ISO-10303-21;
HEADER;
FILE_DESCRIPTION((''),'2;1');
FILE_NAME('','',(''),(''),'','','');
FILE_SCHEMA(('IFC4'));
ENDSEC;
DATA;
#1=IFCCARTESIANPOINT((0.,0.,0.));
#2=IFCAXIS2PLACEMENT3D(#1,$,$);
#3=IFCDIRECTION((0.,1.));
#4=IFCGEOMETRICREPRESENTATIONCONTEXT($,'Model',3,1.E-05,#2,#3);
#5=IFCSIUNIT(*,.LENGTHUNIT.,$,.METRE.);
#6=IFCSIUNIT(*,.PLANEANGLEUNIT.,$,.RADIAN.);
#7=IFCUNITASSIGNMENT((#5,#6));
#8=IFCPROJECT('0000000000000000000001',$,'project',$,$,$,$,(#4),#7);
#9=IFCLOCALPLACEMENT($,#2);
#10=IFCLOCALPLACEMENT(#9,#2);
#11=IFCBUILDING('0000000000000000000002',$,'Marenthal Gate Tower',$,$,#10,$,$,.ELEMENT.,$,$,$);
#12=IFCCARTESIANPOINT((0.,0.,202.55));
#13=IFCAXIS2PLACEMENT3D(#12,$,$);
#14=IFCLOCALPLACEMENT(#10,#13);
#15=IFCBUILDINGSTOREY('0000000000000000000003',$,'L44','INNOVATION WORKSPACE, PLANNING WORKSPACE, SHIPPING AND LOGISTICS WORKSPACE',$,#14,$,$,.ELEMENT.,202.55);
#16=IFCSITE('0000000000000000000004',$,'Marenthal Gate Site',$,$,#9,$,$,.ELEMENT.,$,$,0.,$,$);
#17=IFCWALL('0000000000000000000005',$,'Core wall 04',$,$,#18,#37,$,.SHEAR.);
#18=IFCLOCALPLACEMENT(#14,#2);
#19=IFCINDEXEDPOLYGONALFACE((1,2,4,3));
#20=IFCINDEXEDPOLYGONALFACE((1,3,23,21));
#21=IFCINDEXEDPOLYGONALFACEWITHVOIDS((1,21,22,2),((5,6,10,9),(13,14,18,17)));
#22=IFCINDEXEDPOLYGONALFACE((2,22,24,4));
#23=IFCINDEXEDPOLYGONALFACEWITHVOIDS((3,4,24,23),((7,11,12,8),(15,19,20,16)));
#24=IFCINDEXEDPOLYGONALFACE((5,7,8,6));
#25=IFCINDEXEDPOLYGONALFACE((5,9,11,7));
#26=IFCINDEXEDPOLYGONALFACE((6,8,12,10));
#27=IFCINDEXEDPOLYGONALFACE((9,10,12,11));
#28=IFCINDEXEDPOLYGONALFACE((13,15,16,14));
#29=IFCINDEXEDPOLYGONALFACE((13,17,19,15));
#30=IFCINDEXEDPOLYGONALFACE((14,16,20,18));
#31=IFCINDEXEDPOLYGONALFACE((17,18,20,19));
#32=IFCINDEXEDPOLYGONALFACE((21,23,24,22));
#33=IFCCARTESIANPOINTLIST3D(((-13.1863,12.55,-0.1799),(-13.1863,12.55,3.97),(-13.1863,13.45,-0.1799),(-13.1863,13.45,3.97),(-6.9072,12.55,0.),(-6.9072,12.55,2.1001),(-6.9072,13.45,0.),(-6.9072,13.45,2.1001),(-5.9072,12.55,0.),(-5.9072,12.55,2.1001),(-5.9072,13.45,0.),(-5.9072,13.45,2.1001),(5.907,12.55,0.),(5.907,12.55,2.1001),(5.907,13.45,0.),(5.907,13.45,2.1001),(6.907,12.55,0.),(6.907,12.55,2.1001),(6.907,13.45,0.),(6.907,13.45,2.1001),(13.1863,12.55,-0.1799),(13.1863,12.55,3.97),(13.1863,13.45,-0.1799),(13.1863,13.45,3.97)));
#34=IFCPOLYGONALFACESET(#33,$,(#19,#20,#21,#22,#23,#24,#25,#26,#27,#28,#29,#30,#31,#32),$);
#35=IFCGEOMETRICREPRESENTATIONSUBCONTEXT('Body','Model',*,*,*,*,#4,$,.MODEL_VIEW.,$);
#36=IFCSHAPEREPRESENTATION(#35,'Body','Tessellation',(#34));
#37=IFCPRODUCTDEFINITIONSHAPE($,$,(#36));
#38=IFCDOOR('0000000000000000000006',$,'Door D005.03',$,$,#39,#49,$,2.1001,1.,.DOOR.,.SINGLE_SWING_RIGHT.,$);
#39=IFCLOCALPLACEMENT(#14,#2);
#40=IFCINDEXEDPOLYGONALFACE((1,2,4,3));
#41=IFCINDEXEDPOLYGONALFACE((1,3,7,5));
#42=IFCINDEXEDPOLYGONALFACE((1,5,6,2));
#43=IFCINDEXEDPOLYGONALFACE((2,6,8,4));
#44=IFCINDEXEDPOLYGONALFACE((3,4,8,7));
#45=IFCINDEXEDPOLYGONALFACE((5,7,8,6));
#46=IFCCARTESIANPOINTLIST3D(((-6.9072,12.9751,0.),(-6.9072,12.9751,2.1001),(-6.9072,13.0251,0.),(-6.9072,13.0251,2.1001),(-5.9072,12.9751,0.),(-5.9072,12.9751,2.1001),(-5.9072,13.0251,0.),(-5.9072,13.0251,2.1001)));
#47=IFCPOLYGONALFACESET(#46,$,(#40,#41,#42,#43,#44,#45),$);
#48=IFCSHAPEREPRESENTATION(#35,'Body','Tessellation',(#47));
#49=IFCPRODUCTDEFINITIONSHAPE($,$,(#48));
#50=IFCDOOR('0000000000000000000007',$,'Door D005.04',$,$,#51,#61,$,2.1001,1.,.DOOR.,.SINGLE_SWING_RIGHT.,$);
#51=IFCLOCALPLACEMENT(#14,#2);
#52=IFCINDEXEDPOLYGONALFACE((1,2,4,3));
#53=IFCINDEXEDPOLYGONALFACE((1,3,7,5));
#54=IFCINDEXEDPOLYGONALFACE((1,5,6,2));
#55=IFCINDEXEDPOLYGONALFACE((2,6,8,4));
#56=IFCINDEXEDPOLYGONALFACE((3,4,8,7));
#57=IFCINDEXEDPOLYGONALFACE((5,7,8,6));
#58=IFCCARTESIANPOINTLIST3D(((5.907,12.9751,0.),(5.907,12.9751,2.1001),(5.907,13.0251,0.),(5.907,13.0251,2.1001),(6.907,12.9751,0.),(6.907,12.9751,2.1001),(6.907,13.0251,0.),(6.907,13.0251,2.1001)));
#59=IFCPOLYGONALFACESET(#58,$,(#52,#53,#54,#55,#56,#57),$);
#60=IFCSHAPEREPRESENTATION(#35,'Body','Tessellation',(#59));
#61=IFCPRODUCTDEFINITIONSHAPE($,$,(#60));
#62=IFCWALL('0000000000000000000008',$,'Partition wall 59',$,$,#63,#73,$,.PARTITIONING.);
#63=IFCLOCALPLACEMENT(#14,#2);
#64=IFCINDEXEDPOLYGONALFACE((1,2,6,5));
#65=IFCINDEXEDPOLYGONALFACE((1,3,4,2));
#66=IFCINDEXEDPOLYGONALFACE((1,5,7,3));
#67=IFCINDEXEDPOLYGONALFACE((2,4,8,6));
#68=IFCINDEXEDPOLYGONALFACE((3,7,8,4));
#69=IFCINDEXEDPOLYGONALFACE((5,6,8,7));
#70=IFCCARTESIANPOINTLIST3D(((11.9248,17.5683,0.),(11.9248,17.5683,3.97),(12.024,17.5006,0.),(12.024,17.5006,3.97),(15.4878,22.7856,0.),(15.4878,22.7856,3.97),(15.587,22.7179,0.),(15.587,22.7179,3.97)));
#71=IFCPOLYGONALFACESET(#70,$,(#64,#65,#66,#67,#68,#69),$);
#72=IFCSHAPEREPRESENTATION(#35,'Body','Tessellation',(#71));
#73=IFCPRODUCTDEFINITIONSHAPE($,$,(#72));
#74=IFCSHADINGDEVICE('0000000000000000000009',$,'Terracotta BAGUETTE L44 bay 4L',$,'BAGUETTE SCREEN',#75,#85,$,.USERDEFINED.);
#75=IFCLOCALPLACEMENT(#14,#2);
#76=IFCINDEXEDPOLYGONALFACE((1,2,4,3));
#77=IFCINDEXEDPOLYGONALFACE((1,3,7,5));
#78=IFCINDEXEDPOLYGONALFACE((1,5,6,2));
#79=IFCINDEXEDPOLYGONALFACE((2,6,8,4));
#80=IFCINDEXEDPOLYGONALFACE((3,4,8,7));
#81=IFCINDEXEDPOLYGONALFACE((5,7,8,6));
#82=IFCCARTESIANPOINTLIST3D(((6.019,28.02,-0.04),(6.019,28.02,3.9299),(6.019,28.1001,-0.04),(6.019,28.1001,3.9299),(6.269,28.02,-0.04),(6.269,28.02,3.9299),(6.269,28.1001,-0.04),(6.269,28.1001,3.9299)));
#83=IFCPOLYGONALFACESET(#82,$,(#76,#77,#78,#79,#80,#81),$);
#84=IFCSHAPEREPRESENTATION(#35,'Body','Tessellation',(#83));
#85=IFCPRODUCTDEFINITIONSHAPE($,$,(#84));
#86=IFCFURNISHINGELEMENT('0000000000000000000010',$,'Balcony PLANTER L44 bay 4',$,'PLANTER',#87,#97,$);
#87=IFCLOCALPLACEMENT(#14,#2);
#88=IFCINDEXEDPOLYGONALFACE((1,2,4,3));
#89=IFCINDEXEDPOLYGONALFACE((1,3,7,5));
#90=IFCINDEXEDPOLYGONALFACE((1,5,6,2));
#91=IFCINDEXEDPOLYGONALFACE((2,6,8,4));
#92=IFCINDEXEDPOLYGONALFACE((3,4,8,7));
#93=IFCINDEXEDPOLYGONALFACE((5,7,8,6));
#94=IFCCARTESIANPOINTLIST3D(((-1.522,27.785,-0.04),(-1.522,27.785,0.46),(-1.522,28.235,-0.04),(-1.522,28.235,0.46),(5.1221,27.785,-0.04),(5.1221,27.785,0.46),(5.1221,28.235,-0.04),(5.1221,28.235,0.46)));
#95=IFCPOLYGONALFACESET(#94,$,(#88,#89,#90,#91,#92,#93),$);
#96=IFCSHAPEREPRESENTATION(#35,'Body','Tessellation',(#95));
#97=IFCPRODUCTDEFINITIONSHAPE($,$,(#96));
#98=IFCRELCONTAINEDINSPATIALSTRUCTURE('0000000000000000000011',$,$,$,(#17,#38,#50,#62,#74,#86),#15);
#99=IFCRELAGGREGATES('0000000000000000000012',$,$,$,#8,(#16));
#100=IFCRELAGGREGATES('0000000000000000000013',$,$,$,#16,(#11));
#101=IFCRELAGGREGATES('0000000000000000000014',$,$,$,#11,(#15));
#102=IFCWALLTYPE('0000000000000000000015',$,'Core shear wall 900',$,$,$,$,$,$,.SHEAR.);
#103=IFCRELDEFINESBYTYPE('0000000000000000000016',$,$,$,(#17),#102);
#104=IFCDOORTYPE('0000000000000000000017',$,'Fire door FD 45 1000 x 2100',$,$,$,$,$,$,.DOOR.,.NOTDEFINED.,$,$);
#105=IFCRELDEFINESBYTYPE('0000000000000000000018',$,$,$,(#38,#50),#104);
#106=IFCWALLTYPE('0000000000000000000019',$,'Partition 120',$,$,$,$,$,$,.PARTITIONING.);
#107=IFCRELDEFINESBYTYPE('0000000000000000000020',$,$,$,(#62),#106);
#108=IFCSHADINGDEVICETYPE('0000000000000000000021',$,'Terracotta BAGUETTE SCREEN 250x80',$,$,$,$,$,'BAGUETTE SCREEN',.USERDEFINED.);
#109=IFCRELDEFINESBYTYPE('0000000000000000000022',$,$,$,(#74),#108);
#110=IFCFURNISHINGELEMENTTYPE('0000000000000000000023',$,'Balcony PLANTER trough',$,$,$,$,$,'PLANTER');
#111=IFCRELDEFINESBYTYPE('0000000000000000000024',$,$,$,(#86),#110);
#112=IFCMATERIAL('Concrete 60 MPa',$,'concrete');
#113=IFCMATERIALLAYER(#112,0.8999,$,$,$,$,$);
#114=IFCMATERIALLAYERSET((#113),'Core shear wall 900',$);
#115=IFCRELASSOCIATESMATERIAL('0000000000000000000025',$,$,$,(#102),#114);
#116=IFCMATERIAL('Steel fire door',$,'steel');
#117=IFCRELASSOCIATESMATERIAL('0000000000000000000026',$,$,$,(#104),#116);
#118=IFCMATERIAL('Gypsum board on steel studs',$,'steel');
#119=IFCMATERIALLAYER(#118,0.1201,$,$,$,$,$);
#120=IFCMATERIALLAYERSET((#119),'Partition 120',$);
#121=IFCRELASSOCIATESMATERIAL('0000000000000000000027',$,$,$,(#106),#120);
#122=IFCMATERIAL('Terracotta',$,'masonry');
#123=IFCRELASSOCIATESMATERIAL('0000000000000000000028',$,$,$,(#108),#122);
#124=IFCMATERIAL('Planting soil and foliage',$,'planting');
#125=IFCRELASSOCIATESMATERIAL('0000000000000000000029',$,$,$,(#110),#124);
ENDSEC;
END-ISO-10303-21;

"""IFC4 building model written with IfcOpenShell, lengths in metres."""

from ifc_helpers import new_model, si_unit, direction, frame, frame_2d, origin, origin_2d, place, context, subcontext, project, spatial, rectangle, extrude, material, layer, layer_set, material_profile, profile_set, type_object, element, fill, save


model = new_model("IFC4")

# Units and contexts
model_context = context("Model", 3, precision=1e-05, world=origin(), true_north=direction((0.0, 1.0)))
body_context = subcontext(model_context, "Body", "Model", "MODEL_VIEW")
ifc_project = project(units=[si_unit("LENGTHUNIT", "METRE"), si_unit("PLANEANGLEUNIT", "RADIAN")], contexts=[model_context])

# Site, building, storey
site_placement = place(None, origin())
site = spatial("IfcSite", under=ifc_project, at=site_placement, Name="Marenthal Gate Site", CompositionType="ELEMENT", RefElevation=0.0)
building_placement = place(site_placement, origin())
building = spatial("IfcBuilding", under=site, at=building_placement, Name="Marenthal Gate Tower", CompositionType="ELEMENT")
storey_placement = place(building_placement, frame((0.0, 0.0, 202.55)))
storey = spatial("IfcBuildingStorey", under=building, at=storey_placement, Name="L44", Description="INNOVATION WORKSPACE, PLANNING WORKSPACE, SHIPPING AND LOGISTICS WORKSPACE", CompositionType="ELEMENT", Elevation=202.55)

# Wall, openings, doors
ifc_material_1 = material(Name="Concrete 60 MPa", Category="concrete")
ifc_layer_1 = layer(ifc_material_1, 0.8999)
ifc_layer_set_1 = layer_set([ifc_layer_1], Name="Core shear wall 900")
wall_type_1 = type_object("IfcWallType", Name="Core shear wall 900", PredefinedType="SHEAR", material=ifc_layer_set_1)
wall_1_placement = place(storey_placement, frame((13.1863, 13.0, -0.1799), z_axis=(0.0, 0.0, 1.0), x_axis=(-1.0, 0.0, 0.0)))
wall_1 = element("IfcWall", 1, at=wall_1_placement, inside=storey, type_object=wall_type_1, Name="Core wall 04", PredefinedType="SHEAR", context=body_context, shape_type="SweptSolid", body=[
    extrude(rectangle(XDim=26.3726, YDim=0.8999, at=frame_2d((13.1863, 0.0))), origin(), (0.0, 0.0, 1.0), 4.1499),
])
opening_1_placement = place(wall_1_placement, frame((19.0935, 0.0, 0.1799)))
opening_1 = element("IfcOpeningElement", 2, at=opening_1_placement, cuts=wall_1, PredefinedType="OPENING", context=body_context, shape_type="SweptSolid", body=[
    extrude(rectangle(XDim=1.0, YDim=2.1001, at=frame_2d((0.5, 1.05))), frame((0.0, 0.46, 0.0), z_axis=(0.0, -1.0, 0.0), x_axis=(1.0, 0.0, 0.0)), (0.0, 0.0, 1.0), 0.9199),
])
opening_2_placement = place(wall_1_placement, frame((6.2793, 0.0, 0.1799)))
opening_2 = element("IfcOpeningElement", 3, at=opening_2_placement, cuts=wall_1, PredefinedType="OPENING", context=body_context, shape_type="SweptSolid", body=[
    extrude(rectangle(XDim=1.0, YDim=2.1001, at=frame_2d((0.5, 1.05))), frame((0.0, 0.46, 0.0), z_axis=(0.0, -1.0, 0.0), x_axis=(1.0, 0.0, 0.0)), (0.0, 0.0, 1.0), 0.9199),
])
ifc_material_2 = material(Name="Steel fire door", Category="steel")
door_type_1 = type_object("IfcDoorType", Name="Fire door FD 45 1000 x 2100", OperationType="NOTDEFINED", PredefinedType="DOOR", material=ifc_material_2)
door_1_placement = place(opening_1_placement, origin())
door_1 = element("IfcDoor", 4, at=door_1_placement, inside=storey, type_object=door_type_1, Name="Door D005.03", OperationType="SINGLE_SWING_RIGHT", OverallHeight=2.1001, OverallWidth=1.0, PredefinedType="DOOR", context=body_context, shape_type="SweptSolid", body=[
    extrude(rectangle(XDim=1.0, YDim=2.1001, at=frame_2d((0.5, 1.05))), frame((0.0, 0.0249, 0.0), z_axis=(0.0, -1.0, 0.0), x_axis=(1.0, 0.0, 0.0)), (0.0, 0.0, 1.0), 0.05),
])
fill(opening_1, door_1)
door_2_placement = place(opening_2_placement, origin())
door_2 = element("IfcDoor", 5, at=door_2_placement, inside=storey, type_object=door_type_1, Name="Door D005.04", OperationType="SINGLE_SWING_RIGHT", OverallHeight=2.1001, OverallWidth=1.0, PredefinedType="DOOR", context=body_context, shape_type="SweptSolid", body=[
    extrude(rectangle(XDim=1.0, YDim=2.1001, at=frame_2d((0.5, 1.05))), frame((0.0, 0.0249, 0.0), z_axis=(0.0, -1.0, 0.0), x_axis=(1.0, 0.0, 0.0)), (0.0, 0.0, 1.0), 0.05),
])
fill(opening_2, door_2)

# Wall
ifc_material_3 = material(Name="Gypsum board on steel studs", Category="steel")
ifc_layer_2 = layer(ifc_material_3, 0.1201)
ifc_layer_set_2 = layer_set([ifc_layer_2], Name="Partition 120")
wall_type_2 = type_object("IfcWallType", Name="Partition 120", PredefinedType="PARTITIONING", material=ifc_layer_set_2)
wall_2_placement = place(storey_placement, frame((11.9744, 17.5344, 0.0), z_axis=(0.0, 0.0, 1.0), x_axis=(0.563958, 0.825804, 0.0)))
element("IfcWall", 6, at=wall_2_placement, inside=storey, type_object=wall_type_2, Name="Partition wall 59", PredefinedType="PARTITIONING", context=body_context, shape_type="SweptSolid", body=[
    extrude(rectangle(XDim=6.3179, YDim=0.1201, at=frame_2d((3.1589, 0.0))), origin(), (0.0, 0.0, 1.0), 3.97),
])

# Shading device
ifc_material_4 = material(Name="Terracotta", Category="masonry")
ifc_material_profile_1 = material_profile(ifc_material_4, rectangle(XDim=0.25, YDim=0.0801, at=origin_2d()), Name="Terracotta baguette 250x80")
ifc_profile_set_1 = profile_set([ifc_material_profile_1], Name="Terracotta")
shading_device_type = type_object("IfcShadingDeviceType", Name="Terracotta BAGUETTE SCREEN 250x80", ElementType="BAGUETTE SCREEN", PredefinedType="USERDEFINED", material=ifc_profile_set_1)
shading_device_placement = place(storey_placement, frame((6.144, 28.0601, -0.04), z_axis=(0.0, 0.0, 1.0), x_axis=(-1.0, 0.0, 0.0)))
element("IfcShadingDevice", 7, at=shading_device_placement, inside=storey, type_object=shading_device_type, Name="Terracotta BAGUETTE L44 bay 4L", ObjectType="BAGUETTE SCREEN", PredefinedType="USERDEFINED", context=body_context, shape_type="SweptSolid", body=[
    extrude(rectangle(XDim=0.25, YDim=0.0801, at=origin_2d()), origin(), (0.0, 0.0, 1.0), 3.97),
])

# Furnishing element
ifc_material_5 = material(Name="Planting soil and foliage", Category="planting")
furnishing_element_type = type_object("IfcFurnishingElementType", Name="Balcony PLANTER trough", ElementType="PLANTER", material=ifc_material_5)
furnishing_placement = place(storey_placement, frame((1.8, 28.01, -0.04), z_axis=(0.0, 0.0, 1.0), x_axis=(-1.0, 0.0, 0.0)))
element("IfcFurnishingElement", 8, at=furnishing_placement, inside=storey, type_object=furnishing_element_type, Name="Balcony PLANTER L44 bay 4", ObjectType="PLANTER", context=body_context, shape_type="SweptSolid", body=[
    extrude(rectangle(XDim=6.644, YDim=0.45, at=origin_2d()), origin(), (0.0, 0.0, 1.0), 0.5),
])

save(model, "model.ifc")
